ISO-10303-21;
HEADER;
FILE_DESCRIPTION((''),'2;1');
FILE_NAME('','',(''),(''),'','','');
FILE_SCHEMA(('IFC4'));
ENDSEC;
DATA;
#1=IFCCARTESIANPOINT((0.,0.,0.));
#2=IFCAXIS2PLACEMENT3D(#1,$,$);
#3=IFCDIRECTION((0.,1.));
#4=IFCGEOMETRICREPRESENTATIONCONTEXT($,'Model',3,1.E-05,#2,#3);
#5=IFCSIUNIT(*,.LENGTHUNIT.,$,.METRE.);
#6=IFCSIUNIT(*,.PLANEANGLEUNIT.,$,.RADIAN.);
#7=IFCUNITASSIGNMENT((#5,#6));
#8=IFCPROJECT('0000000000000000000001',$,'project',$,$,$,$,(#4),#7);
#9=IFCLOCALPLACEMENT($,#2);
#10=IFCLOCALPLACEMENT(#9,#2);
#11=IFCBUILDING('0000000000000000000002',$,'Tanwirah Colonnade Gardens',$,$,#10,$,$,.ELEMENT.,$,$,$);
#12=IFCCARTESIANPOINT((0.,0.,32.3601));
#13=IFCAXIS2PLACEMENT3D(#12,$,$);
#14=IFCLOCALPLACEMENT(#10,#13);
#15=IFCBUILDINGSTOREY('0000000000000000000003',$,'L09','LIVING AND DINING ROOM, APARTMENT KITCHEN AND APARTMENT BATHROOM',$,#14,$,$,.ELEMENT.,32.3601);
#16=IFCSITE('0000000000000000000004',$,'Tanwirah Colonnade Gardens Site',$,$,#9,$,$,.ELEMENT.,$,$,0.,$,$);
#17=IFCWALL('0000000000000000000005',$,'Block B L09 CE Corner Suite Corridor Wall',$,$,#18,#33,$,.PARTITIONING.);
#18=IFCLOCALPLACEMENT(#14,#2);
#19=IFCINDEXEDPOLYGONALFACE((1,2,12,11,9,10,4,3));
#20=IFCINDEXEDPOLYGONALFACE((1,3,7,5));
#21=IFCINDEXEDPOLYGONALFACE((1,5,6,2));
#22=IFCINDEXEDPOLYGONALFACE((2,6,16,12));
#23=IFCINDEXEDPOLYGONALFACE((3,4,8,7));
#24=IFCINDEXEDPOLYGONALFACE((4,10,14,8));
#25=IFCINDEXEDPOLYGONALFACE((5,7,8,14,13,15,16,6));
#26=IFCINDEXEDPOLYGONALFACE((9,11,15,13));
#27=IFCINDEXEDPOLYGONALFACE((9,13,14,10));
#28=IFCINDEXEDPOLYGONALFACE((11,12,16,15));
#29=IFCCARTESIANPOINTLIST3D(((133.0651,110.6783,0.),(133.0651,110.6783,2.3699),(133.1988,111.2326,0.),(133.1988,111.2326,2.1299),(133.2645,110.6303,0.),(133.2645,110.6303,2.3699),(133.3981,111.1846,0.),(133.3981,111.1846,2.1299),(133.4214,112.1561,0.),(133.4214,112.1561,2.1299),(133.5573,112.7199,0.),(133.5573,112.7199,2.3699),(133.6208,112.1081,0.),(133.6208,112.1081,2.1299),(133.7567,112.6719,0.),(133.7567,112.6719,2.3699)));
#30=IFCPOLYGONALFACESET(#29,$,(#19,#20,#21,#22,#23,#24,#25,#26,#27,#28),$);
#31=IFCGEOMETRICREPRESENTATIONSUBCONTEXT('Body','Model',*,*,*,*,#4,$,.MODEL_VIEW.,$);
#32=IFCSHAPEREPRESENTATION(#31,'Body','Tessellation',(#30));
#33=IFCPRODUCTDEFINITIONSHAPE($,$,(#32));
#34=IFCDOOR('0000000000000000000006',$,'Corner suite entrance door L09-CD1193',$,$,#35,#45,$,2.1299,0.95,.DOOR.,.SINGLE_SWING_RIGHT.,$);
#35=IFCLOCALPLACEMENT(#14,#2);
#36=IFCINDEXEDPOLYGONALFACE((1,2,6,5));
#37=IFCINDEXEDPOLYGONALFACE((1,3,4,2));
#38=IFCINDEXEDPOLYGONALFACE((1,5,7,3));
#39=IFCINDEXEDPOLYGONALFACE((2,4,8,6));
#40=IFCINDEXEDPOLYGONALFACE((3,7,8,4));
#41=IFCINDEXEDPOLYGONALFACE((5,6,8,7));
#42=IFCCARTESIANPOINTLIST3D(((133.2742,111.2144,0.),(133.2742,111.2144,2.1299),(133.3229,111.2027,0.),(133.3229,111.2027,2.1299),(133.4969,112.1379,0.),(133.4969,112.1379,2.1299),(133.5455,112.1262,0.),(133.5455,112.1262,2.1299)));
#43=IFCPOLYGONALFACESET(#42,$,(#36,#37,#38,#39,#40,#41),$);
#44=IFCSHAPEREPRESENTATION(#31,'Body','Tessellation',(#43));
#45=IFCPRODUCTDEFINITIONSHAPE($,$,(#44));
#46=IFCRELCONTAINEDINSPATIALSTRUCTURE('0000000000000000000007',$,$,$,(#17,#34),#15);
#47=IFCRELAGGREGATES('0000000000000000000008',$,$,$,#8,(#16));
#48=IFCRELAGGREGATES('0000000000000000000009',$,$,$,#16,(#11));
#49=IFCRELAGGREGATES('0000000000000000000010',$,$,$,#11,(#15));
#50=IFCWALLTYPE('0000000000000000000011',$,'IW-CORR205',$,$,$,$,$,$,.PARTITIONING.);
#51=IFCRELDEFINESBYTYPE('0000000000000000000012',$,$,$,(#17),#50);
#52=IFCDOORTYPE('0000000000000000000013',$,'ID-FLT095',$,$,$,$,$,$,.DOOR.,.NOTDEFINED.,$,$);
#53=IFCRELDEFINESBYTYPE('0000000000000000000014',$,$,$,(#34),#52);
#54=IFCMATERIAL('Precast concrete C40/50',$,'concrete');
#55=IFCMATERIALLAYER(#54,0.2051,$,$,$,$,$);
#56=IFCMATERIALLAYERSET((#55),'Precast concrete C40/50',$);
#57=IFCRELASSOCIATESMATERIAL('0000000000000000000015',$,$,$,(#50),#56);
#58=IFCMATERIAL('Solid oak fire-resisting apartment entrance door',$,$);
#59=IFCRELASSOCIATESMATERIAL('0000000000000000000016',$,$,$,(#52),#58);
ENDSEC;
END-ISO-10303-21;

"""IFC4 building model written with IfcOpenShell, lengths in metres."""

from ifc_helpers import new_model, si_unit, direction, frame, frame_2d, origin, place, context, subcontext, project, spatial, rectangle, extrude, material, layer, layer_set, type_object, element, fill, save


model = new_model("IFC4")

# Units and contexts
model_context = context("Model", 3, precision=1e-05, world=origin(), true_north=direction((0.0, 1.0)))
body_context = subcontext(model_context, "Body", "Model", "MODEL_VIEW")
ifc_project = project(units=[si_unit("LENGTHUNIT", "METRE"), si_unit("PLANEANGLEUNIT", "RADIAN")], contexts=[model_context])

# Site, building, storey
site_placement = place(None, origin())
site = spatial("IfcSite", under=ifc_project, at=site_placement, Name="Tanwirah Colonnade Gardens Site", CompositionType="ELEMENT", RefElevation=0.0)
building_placement = place(site_placement, origin())
building = spatial("IfcBuilding", under=site, at=building_placement, Name="Tanwirah Colonnade Gardens", CompositionType="ELEMENT")
storey_placement = place(building_placement, frame((0.0, 0.0, 32.3601)))
storey = spatial("IfcBuildingStorey", under=building, at=storey_placement, Name="L09", Description="LIVING AND DINING ROOM, APARTMENT KITCHEN AND APARTMENT BATHROOM", CompositionType="ELEMENT", Elevation=32.3601)

# Shared definitions
ifc_material_1 = material(Name="Precast concrete C40/50", Category="concrete")

# Wall, opening, door
ifc_layer_1 = layer(ifc_material_1, 0.2051)
ifc_layer_set_1 = layer_set([ifc_layer_1], Name="Precast concrete C40/50")
wall_type_1 = type_object("IfcWallType", Name="IW-CORR205", PredefinedType="PARTITIONING", material=ifc_layer_set_1)
ifc_material_2 = material(Name="Solid oak fire-resisting apartment entrance door")
wall_1_placement = place(storey_placement, frame((133.1648, 110.6543, 0.0), z_axis=(0.0, 0.0, 1.0), x_axis=(0.234375, 0.972146, 0.0)))
wall_1 = element("IfcWall", 1, at=wall_1_placement, inside=storey, type_object=wall_type_1, Name="Block B L09 CE Corner Suite Corridor Wall", PredefinedType="PARTITIONING", context=body_context, shape_type="SweptSolid", body=[
    extrude(rectangle(XDim=2.1001, YDim=0.2051, at=frame_2d((1.05, 0.0))), origin(), (0.0, 0.0, 1.0), 2.3699),
])
opening_1_placement = place(wall_1_placement, frame((0.5701, 0.0, 0.0)))
opening_1 = element("IfcOpeningElement", 2, at=opening_1_placement, cuts=wall_1, PredefinedType="OPENING", context=body_context, shape_type="SweptSolid", body=[
    extrude(rectangle(XDim=0.95, YDim=2.1299, at=frame_2d((0.4751, 1.0649))), frame((0.0, 0.1125, 0.0), z_axis=(0.0, -1.0, 0.0), x_axis=(1.0, 0.0, 0.0)), (0.0, 0.0, 1.0), 0.2251),
])
door_type_1 = type_object("IfcDoorType", Name="ID-FLT095", OperationType="NOTDEFINED", PredefinedType="DOOR", material=ifc_material_2)
door_1_placement = place(opening_1_placement, origin())
door_1 = element("IfcDoor", 3, at=door_1_placement, inside=storey, type_object=door_type_1, Name="Corner suite entrance door L09-CD1193", OperationType="SINGLE_SWING_RIGHT", OverallHeight=2.1299, OverallWidth=0.95, PredefinedType="DOOR", context=body_context, shape_type="SweptSolid", body=[
    extrude(rectangle(XDim=0.95, YDim=2.1299, at=frame_2d((0.4751, 1.0649))), frame((0.0, 0.0249, 0.0), z_axis=(0.0, -1.0, 0.0), x_axis=(1.0, 0.0, 0.0)), (0.0, 0.0, 1.0), 0.05),
])
fill(opening_1, door_1)

save(model, "model.ifc")
